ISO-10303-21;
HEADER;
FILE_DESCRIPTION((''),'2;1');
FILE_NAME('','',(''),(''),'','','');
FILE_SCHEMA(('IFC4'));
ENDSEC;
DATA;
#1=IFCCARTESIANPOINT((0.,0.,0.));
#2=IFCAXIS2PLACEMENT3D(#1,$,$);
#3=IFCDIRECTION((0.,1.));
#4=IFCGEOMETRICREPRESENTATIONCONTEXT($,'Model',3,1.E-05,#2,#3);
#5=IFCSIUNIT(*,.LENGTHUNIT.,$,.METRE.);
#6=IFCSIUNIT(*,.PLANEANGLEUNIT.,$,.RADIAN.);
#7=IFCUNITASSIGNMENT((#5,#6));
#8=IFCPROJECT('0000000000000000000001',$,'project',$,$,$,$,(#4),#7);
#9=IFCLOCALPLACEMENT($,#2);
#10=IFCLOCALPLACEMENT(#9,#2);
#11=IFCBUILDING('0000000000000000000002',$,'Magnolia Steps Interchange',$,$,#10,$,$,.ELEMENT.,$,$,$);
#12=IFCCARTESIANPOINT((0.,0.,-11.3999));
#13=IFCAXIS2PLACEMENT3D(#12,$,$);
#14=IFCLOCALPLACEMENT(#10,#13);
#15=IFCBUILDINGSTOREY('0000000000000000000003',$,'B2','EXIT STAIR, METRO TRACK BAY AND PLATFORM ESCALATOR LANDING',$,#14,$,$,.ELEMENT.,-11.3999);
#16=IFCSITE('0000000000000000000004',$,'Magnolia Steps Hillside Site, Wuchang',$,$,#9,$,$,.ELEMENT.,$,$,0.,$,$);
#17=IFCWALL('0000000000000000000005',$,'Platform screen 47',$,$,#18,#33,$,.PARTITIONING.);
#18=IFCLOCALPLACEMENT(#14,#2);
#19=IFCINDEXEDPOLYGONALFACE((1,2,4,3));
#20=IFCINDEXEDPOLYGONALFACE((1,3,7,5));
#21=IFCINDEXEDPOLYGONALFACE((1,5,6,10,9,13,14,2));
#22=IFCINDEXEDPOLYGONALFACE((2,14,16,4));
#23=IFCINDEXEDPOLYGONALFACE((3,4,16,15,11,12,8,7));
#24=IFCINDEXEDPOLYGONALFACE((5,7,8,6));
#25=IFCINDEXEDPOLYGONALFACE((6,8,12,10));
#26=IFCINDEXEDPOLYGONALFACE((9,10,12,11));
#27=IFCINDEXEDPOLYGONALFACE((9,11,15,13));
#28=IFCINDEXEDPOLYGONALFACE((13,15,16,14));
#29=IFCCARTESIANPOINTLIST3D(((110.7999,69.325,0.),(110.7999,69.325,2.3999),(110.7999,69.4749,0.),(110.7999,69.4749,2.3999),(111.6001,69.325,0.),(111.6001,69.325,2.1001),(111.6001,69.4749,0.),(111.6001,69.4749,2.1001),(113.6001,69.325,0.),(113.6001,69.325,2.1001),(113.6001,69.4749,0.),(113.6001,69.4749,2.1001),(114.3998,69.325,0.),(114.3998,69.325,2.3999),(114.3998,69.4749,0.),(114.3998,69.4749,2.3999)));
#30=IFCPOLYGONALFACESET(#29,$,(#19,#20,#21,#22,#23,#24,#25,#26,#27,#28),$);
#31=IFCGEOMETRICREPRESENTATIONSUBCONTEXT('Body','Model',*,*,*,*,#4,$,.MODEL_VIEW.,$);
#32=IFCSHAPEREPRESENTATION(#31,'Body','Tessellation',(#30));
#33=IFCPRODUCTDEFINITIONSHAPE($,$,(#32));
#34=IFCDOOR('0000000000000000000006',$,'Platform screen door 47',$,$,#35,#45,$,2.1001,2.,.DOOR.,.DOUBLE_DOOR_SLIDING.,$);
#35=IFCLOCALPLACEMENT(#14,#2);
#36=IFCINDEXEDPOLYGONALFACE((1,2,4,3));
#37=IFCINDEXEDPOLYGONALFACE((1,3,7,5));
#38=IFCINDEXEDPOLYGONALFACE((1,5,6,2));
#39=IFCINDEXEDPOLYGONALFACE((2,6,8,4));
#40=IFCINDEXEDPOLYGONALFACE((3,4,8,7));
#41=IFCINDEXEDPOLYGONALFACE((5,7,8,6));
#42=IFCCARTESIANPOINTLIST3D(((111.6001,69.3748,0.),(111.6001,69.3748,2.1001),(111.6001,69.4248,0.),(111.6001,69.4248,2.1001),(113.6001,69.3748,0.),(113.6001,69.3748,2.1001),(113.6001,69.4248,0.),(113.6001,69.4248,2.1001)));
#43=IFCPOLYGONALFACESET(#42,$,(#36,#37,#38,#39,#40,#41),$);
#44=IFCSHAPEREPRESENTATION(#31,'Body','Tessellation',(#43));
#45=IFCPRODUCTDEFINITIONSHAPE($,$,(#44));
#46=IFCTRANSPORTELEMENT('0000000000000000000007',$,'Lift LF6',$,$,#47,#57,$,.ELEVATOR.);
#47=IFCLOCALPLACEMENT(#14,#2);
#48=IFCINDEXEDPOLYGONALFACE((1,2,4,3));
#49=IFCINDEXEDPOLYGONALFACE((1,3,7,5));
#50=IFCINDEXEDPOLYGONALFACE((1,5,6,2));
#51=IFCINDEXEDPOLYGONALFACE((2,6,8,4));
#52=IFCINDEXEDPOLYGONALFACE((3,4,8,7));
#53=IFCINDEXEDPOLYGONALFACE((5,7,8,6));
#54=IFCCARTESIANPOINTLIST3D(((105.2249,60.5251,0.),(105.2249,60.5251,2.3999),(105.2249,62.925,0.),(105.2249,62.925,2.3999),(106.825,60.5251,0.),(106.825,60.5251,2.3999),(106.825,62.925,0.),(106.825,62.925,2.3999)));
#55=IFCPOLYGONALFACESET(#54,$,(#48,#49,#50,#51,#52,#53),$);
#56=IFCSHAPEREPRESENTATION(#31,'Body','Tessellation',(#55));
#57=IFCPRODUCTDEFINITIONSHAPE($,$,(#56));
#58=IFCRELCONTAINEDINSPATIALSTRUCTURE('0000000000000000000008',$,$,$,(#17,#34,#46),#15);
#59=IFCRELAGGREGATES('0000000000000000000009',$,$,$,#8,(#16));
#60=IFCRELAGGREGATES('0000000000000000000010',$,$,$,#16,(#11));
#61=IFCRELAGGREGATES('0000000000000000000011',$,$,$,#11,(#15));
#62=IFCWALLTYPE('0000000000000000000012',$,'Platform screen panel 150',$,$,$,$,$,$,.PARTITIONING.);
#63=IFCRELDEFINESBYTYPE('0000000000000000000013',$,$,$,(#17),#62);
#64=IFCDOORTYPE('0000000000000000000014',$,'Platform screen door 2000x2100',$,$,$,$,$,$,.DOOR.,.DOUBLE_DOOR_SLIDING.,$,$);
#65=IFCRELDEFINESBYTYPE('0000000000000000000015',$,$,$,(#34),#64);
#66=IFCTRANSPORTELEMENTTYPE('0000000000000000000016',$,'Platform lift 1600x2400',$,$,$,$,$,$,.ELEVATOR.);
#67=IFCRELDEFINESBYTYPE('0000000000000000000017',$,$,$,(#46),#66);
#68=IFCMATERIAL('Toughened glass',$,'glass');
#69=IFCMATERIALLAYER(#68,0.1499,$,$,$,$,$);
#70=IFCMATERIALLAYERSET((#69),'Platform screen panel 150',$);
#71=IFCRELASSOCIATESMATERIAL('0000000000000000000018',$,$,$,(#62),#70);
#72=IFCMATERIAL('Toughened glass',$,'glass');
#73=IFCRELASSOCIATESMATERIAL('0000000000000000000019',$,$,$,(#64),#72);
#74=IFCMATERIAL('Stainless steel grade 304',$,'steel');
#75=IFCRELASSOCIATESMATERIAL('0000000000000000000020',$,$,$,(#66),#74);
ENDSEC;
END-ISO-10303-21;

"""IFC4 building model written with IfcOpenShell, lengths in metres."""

from ifc_helpers import new_model, si_unit, direction, frame, frame_2d, origin, origin_2d, place, context, subcontext, project, spatial, rectangle, extrude, material, layer, layer_set, type_object, element, fill, save


model = new_model("IFC4")

# Units and contexts
model_context = context("Model", 3, precision=1e-05, world=origin(), true_north=direction((0.0, 1.0)))
body_context = subcontext(model_context, "Body", "Model", "MODEL_VIEW")
ifc_project = project(units=[si_unit("LENGTHUNIT", "METRE"), si_unit("PLANEANGLEUNIT", "RADIAN")], contexts=[model_context])

# Site, building, storey
site_placement = place(None, origin())
site = spatial("IfcSite", under=ifc_project, at=site_placement, Name="Magnolia Steps Hillside Site, Wuchang", CompositionType="ELEMENT", RefElevation=0.0)
building_placement = place(site_placement, origin())
building = spatial("IfcBuilding", under=site, at=building_placement, Name="Magnolia Steps Interchange", CompositionType="ELEMENT")
storey_placement = place(building_placement, frame((0.0, 0.0, -11.3999)))
storey = spatial("IfcBuildingStorey", under=building, at=storey_placement, Name="B2", Description="EXIT STAIR, METRO TRACK BAY AND PLATFORM ESCALATOR LANDING", CompositionType="ELEMENT", Elevation=-11.3999)

# Wall, opening, door
ifc_material_1 = material(Name="Toughened glass", Category="glass")
ifc_layer_1 = layer(ifc_material_1, 0.1499)
ifc_layer_set_1 = layer_set([ifc_layer_1], Name="Platform screen panel 150")
wall_type_1 = type_object("IfcWallType", Name="Platform screen panel 150", PredefinedType="PARTITIONING", material=ifc_layer_set_1)
ifc_material_2 = material(Name="Toughened glass", Category="glass")
door_type_1 = type_object("IfcDoorType", Name="Platform screen door 2000x2100", OperationType="DOUBLE_DOOR_SLIDING", PredefinedType="DOOR", material=ifc_material_2)
wall_1_placement = place(storey_placement, frame((110.8, 69.3999, 0.0), z_axis=(0.0, 0.0, 1.0), x_axis=(1.0, 0.0, 0.0)))
wall_1 = element("IfcWall", 1, at=wall_1_placement, inside=storey, type_object=wall_type_1, Name="Platform screen 47", PredefinedType="PARTITIONING", context=body_context, shape_type="SweptSolid", body=[
    extrude(rectangle(XDim=3.5999, YDim=0.1499, at=frame_2d((1.7998, 0.0))), origin(), (0.0, 0.0, 1.0), 2.3999),
])
opening_1_placement = place(wall_1_placement, frame((0.8, 0.0, 0.0)))
opening_1 = element("IfcOpeningElement", 2, at=opening_1_placement, cuts=wall_1, PredefinedType="OPENING", context=body_context, shape_type="SweptSolid", body=[
    extrude(rectangle(XDim=2.0, YDim=2.1001, at=frame_2d((1.0, 1.05))), frame((0.0, 0.085, 0.0), z_axis=(0.0, -1.0, 0.0), x_axis=(1.0, 0.0, 0.0)), (0.0, 0.0, 1.0), 0.1699),
])
door_1_placement = place(opening_1_placement, origin())
door_1 = element("IfcDoor", 3, at=door_1_placement, inside=storey, type_object=door_type_1, Name="Platform screen door 47", OperationType="DOUBLE_DOOR_SLIDING", OverallHeight=2.1001, OverallWidth=2.0, PredefinedType="DOOR", context=body_context, shape_type="SweptSolid", body=[
    extrude(rectangle(XDim=2.0, YDim=2.1001, at=frame_2d((1.0, 1.05))), frame((0.0, 0.0249, 0.0), z_axis=(0.0, -1.0, 0.0), x_axis=(1.0, 0.0, 0.0)), (0.0, 0.0, 1.0), 0.05),
])
fill(opening_1, door_1)

# Transport element
ifc_material_3 = material(Name="Stainless steel grade 304", Category="steel")
transport_element_type = type_object("IfcTransportElementType", Name="Platform lift 1600x2400", PredefinedType="ELEVATOR", material=ifc_material_3)
transport_element_placement = place(storey_placement, frame((106.0249, 61.7251, 0.0), z_axis=(0.0, 0.0, 1.0), x_axis=(0.0, 1.0, 0.0)))
element("IfcTransportElement", 4, at=transport_element_placement, inside=storey, type_object=transport_element_type, Name="Lift LF6", PredefinedType="ELEVATOR", context=body_context, shape_type="SweptSolid", body=[
    extrude(rectangle(XDim=2.3999, YDim=1.6001, at=origin_2d()), origin(), (0.0, 0.0, 1.0), 2.3999),
])

save(model, "model.ifc")
